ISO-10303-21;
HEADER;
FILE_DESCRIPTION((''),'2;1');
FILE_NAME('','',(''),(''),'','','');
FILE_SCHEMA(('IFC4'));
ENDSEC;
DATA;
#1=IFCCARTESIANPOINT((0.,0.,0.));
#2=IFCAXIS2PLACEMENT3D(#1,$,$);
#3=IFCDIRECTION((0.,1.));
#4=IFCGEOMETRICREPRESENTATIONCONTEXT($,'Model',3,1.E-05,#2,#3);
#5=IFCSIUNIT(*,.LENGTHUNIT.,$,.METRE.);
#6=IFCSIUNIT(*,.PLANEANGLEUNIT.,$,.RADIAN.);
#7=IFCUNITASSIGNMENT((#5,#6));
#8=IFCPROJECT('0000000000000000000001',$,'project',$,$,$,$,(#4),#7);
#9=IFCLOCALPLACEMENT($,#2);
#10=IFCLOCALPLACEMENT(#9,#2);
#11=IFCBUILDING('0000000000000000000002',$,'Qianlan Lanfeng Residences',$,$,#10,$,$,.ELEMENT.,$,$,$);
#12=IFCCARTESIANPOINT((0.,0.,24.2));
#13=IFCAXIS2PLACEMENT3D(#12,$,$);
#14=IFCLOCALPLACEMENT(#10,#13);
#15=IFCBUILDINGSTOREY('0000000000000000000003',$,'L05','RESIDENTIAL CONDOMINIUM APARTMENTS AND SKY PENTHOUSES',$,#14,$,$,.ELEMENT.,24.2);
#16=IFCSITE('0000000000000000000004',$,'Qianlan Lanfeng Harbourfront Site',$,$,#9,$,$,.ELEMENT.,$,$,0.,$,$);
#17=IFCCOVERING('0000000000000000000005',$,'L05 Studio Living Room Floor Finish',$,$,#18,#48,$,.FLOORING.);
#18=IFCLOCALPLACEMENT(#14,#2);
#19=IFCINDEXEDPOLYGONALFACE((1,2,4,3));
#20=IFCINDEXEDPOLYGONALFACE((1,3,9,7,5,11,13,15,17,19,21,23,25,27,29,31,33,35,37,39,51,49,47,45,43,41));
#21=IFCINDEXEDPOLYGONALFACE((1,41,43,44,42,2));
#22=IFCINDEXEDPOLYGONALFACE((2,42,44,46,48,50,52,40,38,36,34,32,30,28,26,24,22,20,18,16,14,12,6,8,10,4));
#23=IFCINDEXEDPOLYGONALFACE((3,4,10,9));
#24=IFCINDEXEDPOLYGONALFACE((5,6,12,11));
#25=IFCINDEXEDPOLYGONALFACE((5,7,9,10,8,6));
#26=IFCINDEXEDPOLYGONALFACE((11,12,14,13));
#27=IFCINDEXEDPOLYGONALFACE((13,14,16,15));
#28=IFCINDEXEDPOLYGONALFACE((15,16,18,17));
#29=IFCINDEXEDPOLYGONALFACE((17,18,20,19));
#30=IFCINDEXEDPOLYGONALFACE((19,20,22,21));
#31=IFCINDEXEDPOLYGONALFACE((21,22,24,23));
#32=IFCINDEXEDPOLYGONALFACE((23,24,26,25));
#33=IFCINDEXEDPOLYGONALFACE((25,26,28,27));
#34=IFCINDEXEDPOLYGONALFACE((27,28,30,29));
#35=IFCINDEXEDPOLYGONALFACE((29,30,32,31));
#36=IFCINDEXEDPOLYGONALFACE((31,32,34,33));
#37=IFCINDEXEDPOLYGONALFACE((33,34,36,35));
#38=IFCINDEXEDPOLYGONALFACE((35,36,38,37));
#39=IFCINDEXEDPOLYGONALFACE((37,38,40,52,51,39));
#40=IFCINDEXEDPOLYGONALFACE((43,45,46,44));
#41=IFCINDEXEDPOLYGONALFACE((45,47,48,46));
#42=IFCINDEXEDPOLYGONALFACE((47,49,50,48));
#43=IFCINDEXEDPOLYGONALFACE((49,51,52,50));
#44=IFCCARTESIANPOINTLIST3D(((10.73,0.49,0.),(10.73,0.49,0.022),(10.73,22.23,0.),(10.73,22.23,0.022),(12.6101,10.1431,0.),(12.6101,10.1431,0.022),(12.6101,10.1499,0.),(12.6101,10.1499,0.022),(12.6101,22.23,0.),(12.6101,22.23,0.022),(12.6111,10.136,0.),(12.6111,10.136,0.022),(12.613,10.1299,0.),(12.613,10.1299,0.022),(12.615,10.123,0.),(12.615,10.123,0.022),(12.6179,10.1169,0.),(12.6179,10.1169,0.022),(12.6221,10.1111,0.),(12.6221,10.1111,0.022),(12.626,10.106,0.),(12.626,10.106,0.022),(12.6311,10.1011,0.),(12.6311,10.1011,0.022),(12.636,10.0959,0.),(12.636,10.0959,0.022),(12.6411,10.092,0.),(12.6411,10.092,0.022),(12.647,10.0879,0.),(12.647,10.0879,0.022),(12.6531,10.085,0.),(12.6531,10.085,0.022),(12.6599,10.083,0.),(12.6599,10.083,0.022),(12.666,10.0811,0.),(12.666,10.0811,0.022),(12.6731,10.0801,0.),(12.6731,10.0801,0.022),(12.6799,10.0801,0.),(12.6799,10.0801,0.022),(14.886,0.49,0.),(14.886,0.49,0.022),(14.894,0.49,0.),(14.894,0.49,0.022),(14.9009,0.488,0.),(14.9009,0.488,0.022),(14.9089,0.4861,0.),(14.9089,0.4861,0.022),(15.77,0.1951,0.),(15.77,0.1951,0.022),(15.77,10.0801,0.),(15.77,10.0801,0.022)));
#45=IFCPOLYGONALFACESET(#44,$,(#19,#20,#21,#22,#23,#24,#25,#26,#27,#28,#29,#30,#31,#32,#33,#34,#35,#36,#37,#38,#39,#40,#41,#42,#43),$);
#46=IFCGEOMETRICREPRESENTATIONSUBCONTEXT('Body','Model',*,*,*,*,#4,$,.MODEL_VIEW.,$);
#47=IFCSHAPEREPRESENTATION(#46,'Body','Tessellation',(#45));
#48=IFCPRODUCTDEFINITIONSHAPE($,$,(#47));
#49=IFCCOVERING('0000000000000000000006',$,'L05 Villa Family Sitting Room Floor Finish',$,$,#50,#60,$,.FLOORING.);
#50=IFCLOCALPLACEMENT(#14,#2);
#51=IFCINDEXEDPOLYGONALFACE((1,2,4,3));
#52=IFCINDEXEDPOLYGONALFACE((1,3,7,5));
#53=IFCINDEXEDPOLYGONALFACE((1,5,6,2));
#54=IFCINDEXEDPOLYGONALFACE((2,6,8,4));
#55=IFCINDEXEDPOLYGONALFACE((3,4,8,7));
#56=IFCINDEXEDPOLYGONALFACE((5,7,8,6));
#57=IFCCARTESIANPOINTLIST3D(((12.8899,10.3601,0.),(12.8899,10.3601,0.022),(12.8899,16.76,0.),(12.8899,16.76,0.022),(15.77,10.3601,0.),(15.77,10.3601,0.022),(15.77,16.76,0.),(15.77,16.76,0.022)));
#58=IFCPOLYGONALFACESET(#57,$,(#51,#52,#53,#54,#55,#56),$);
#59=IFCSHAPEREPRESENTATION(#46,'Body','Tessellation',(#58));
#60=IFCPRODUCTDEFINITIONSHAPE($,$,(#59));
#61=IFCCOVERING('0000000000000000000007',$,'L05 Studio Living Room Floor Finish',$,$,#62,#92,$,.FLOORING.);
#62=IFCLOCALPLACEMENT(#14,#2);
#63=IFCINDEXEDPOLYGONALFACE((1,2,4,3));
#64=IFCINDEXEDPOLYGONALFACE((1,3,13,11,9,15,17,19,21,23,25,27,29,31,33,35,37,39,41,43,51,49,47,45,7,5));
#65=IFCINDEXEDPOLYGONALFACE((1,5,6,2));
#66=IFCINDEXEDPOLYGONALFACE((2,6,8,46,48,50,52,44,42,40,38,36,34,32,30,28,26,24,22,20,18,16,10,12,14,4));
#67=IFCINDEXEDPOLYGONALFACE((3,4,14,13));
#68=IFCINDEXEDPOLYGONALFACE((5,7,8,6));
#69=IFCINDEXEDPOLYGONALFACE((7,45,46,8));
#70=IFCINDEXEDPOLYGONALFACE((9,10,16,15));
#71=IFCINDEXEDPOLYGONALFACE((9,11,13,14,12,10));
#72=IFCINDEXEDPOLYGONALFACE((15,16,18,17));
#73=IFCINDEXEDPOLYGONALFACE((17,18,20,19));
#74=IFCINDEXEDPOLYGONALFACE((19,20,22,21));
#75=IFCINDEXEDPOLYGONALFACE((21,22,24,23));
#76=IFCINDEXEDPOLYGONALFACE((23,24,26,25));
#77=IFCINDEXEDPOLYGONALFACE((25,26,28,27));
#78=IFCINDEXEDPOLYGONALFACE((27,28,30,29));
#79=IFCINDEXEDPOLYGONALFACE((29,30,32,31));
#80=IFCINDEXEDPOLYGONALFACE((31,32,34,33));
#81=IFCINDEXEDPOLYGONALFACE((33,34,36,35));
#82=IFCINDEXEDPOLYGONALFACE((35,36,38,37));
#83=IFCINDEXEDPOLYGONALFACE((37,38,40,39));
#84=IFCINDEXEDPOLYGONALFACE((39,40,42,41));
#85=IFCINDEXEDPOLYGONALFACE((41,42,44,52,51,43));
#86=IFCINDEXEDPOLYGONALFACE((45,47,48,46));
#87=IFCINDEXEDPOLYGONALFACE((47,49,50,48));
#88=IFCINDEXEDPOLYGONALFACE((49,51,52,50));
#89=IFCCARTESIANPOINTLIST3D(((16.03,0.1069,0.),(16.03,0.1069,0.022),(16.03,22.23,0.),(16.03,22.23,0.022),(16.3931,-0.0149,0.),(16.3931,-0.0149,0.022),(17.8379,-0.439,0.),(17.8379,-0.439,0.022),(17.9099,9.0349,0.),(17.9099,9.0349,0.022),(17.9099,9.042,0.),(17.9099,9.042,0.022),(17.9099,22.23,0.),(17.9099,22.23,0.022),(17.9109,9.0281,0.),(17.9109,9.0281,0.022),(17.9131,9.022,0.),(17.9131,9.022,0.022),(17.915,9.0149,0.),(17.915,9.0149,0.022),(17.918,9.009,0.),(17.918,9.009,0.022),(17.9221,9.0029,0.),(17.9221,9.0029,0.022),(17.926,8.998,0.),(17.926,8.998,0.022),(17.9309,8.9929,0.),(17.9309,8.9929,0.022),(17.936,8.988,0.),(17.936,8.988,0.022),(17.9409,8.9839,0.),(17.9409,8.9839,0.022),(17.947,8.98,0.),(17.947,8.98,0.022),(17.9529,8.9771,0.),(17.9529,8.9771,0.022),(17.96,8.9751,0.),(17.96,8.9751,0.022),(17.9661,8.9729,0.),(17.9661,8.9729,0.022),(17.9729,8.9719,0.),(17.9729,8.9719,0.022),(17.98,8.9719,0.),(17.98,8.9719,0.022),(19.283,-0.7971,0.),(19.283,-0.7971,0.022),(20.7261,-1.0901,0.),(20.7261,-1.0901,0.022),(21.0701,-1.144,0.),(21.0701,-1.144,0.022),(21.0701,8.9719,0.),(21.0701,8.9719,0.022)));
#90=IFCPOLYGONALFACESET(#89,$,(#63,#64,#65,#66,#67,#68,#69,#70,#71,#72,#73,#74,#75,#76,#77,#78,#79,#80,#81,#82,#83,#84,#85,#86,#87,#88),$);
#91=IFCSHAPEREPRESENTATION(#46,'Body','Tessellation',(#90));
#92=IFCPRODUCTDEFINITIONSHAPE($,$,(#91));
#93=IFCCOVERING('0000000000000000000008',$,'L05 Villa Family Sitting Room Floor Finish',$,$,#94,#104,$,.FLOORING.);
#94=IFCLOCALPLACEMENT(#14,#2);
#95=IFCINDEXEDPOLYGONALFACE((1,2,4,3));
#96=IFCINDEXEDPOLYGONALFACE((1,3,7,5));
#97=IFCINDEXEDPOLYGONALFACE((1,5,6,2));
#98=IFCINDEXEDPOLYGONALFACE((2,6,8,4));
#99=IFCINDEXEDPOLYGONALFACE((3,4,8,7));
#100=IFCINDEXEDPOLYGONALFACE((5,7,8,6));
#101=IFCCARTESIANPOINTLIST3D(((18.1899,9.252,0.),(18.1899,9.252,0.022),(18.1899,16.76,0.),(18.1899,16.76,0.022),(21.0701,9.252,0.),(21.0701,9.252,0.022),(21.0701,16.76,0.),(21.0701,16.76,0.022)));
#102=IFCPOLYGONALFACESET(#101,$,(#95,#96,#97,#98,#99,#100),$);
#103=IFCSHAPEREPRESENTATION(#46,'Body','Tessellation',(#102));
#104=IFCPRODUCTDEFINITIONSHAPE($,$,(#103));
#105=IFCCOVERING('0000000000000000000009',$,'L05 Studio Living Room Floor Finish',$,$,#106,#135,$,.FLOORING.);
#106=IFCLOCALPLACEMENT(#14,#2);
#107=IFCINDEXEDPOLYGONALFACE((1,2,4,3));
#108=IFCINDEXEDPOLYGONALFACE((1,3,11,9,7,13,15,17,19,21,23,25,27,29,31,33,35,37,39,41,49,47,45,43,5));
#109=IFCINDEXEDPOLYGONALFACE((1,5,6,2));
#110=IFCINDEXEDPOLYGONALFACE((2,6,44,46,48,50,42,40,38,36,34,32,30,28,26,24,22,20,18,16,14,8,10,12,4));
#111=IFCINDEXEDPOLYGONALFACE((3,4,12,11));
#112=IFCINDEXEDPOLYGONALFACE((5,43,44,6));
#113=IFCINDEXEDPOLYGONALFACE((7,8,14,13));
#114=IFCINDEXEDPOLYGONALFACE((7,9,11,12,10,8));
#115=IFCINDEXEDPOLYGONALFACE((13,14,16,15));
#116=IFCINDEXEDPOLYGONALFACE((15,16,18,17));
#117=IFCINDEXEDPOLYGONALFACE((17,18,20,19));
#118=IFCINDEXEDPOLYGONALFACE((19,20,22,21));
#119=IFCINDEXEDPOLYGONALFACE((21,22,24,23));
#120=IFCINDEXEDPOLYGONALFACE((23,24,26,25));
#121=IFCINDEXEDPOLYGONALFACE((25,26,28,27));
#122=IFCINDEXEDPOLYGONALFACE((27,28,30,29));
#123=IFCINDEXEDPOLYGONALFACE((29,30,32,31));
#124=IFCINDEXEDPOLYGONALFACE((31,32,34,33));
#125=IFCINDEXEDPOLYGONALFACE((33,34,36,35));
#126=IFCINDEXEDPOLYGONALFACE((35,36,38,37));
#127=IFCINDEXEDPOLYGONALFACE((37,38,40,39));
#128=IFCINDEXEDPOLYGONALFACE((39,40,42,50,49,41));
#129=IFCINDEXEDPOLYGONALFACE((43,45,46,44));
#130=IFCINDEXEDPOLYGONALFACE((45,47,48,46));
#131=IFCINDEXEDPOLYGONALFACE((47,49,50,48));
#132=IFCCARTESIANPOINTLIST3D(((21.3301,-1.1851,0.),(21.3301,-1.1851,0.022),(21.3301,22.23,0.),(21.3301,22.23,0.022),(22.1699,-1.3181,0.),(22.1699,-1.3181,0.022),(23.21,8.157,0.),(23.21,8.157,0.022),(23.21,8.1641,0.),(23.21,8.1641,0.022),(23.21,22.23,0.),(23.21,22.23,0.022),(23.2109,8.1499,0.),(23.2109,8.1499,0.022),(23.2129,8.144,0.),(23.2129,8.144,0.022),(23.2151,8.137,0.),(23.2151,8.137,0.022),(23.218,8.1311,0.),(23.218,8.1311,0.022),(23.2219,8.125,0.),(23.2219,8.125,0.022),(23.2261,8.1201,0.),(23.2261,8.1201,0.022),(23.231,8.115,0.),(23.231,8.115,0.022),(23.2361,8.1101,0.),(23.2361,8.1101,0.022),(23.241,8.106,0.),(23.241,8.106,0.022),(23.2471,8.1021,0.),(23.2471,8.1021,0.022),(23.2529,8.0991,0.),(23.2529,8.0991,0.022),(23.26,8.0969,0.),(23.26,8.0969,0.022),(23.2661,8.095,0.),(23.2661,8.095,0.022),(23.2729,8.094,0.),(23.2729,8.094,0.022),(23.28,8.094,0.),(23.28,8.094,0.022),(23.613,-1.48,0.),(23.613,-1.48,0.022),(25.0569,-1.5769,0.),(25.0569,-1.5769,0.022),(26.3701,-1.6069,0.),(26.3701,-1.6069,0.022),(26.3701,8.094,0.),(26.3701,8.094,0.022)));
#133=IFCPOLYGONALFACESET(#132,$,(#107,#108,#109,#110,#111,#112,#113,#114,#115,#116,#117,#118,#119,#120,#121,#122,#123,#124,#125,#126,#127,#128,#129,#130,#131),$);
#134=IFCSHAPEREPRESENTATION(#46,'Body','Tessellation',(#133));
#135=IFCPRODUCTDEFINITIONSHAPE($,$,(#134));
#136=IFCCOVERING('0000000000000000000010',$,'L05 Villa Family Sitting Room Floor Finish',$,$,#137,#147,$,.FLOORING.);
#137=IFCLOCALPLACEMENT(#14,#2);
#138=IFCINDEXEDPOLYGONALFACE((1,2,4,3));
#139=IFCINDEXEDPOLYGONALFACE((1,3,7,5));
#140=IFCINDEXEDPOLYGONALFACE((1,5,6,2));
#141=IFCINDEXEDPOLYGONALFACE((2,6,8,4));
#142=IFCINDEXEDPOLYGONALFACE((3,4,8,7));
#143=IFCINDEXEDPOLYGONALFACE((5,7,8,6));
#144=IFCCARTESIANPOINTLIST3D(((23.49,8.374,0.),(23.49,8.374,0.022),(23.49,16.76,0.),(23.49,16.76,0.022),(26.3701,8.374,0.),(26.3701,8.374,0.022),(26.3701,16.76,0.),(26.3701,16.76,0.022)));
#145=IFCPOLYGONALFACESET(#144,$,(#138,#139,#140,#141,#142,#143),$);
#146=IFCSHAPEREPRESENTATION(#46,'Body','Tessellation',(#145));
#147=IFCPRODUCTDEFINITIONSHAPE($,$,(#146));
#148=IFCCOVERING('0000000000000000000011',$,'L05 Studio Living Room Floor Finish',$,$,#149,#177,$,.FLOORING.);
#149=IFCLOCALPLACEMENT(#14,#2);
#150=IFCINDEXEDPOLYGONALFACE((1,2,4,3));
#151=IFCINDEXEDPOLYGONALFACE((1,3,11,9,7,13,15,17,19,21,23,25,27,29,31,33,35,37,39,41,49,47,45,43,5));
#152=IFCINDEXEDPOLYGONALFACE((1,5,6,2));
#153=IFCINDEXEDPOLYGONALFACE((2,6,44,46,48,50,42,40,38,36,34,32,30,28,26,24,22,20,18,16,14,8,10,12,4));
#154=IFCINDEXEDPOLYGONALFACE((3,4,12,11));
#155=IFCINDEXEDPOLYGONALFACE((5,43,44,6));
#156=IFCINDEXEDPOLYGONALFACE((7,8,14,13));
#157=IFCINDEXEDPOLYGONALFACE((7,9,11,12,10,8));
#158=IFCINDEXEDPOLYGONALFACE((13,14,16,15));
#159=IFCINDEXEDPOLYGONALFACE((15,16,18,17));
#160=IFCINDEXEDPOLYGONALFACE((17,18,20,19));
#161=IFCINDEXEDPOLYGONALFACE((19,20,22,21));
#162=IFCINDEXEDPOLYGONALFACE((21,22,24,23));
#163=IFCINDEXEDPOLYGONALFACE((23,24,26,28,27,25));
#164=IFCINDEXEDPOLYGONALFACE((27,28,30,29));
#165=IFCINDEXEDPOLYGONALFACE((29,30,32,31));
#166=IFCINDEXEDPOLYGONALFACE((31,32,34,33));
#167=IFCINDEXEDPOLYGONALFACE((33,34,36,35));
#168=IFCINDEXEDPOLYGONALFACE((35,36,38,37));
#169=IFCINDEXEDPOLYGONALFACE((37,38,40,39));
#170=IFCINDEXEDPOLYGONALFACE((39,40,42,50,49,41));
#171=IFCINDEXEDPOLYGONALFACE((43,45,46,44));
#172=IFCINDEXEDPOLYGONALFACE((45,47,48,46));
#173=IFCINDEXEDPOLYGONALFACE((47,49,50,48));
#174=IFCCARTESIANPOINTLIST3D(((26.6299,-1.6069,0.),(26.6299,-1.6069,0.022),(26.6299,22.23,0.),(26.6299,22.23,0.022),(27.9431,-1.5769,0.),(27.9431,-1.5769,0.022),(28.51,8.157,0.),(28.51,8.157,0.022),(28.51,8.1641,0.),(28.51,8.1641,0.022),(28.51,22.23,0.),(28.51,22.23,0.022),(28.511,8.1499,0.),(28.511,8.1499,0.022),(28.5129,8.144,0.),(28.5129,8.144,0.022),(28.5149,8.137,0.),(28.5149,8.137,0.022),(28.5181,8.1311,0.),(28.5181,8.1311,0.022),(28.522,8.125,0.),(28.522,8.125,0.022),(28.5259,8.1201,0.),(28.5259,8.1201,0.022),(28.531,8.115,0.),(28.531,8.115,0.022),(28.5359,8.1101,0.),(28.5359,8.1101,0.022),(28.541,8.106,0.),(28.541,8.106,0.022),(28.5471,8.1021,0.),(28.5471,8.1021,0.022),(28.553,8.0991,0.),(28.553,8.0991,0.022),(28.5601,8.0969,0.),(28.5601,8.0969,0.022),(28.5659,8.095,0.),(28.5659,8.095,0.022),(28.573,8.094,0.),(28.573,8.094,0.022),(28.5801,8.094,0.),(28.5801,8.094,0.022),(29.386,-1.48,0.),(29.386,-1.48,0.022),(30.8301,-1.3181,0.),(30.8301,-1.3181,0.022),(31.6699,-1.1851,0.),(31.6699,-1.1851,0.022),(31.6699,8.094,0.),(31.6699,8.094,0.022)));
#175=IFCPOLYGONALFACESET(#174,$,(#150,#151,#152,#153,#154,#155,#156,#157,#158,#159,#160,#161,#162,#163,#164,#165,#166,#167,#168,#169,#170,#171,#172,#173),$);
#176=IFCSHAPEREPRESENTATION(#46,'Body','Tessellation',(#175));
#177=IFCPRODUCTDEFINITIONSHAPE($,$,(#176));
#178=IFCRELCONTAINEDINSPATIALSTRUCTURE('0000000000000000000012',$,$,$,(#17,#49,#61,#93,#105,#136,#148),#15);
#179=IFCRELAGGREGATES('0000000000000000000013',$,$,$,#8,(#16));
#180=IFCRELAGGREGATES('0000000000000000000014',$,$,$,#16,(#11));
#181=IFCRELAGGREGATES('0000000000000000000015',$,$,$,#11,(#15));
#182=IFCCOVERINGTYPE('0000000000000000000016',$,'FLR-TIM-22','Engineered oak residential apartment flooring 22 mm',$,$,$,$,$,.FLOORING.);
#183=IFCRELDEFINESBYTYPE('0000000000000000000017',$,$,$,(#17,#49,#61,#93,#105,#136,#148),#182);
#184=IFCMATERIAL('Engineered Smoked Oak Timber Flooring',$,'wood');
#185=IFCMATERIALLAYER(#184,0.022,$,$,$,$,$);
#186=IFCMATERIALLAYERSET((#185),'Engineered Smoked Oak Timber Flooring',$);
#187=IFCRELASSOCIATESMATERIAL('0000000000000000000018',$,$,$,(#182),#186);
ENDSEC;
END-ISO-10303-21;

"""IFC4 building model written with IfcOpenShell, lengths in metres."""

from ifc_helpers import new_model, si_unit, direction, frame, origin, place, context, subcontext, project, spatial, polyline, outline, extrude, material, layer, layer_set, type_object, element, save


model = new_model("IFC4")

# Units and contexts
model_context = context("Model", 3, precision=1e-05, world=origin(), true_north=direction((0.0, 1.0)))
body_context = subcontext(model_context, "Body", "Model", "MODEL_VIEW")
ifc_project = project(units=[si_unit("LENGTHUNIT", "METRE"), si_unit("PLANEANGLEUNIT", "RADIAN")], contexts=[model_context])

# Site, building, storey
site_placement = place(None, origin())
site = spatial("IfcSite", under=ifc_project, at=site_placement, Name="Qianlan Lanfeng Harbourfront Site", CompositionType="ELEMENT", RefElevation=0.0)
building_placement = place(site_placement, origin())
building = spatial("IfcBuilding", under=site, at=building_placement, Name="Qianlan Lanfeng Residences", CompositionType="ELEMENT")
storey_placement = place(building_placement, frame((0.0, 0.0, 24.2)))
storey = spatial("IfcBuildingStorey", under=building, at=storey_placement, Name="L05", Description="RESIDENTIAL CONDOMINIUM APARTMENTS AND SKY PENTHOUSES", CompositionType="ELEMENT", Elevation=24.2)

# Coverings
ifc_material_1 = material(Name="Engineered Smoked Oak Timber Flooring", Category="wood")
ifc_layer_1 = layer(ifc_material_1, 0.022)
ifc_layer_set_1 = layer_set([ifc_layer_1], Name="Engineered Smoked Oak Timber Flooring")
covering_type_1 = type_object("IfcCoveringType", Name="FLR-TIM-22", Description="Engineered oak residential apartment flooring 22 mm", PredefinedType="FLOORING", material=ifc_layer_set_1)
covering_1_placement = place(storey_placement, origin())
element("IfcCovering", 1, at=covering_1_placement, inside=storey, type_object=covering_type_1, Name="L05 Studio Living Room Floor Finish", PredefinedType="FLOORING", context=body_context, shape_type="SweptSolid", body=[
    extrude(outline(polyline([(15.77, 0.1951), (15.77, 10.0801), (12.6799, 10.0801), (12.6731, 10.0801), (12.666, 10.0811), (12.6599, 10.083), (12.6531, 10.085), (12.647, 10.0879), (12.6411, 10.092), (12.636, 10.0959), (12.6311, 10.1011), (12.626, 10.106), (12.6221, 10.1111), (12.6179, 10.1169), (12.615, 10.123), (12.613, 10.1299), (12.6111, 10.136), (12.6101, 10.1431), (12.6101, 10.1499), (12.6101, 22.23), (10.73, 22.23), (10.73, 0.49), (14.886, 0.49), (14.894, 0.49), (14.9009, 0.488), (14.9089, 0.4861), (15.77, 0.1951)])), origin(), (0.0, 0.0, 1.0), 0.022),
])
covering_2_placement = place(storey_placement, origin())
element("IfcCovering", 2, at=covering_2_placement, inside=storey, type_object=covering_type_1, Name="L05 Villa Family Sitting Room Floor Finish", PredefinedType="FLOORING", context=body_context, shape_type="SweptSolid", body=[
    extrude(outline(polyline([(12.8899, 16.76), (12.8899, 10.3601), (15.77, 10.3601), (15.77, 16.76), (12.8899, 16.76)])), origin(), (0.0, 0.0, 1.0), 0.022),
])
covering_3_placement = place(storey_placement, origin())
element("IfcCovering", 3, at=covering_3_placement, inside=storey, type_object=covering_type_1, Name="L05 Studio Living Room Floor Finish", PredefinedType="FLOORING", context=body_context, shape_type="SweptSolid", body=[
    extrude(outline(polyline([(21.0701, -1.144), (21.0701, 8.9719), (17.98, 8.9719), (17.9729, 8.9719), (17.9661, 8.9729), (17.96, 8.9751), (17.9529, 8.9771), (17.947, 8.98), (17.9409, 8.9839), (17.936, 8.988), (17.9309, 8.9929), (17.926, 8.998), (17.9221, 9.0029), (17.918, 9.009), (17.915, 9.0149), (17.9131, 9.022), (17.9109, 9.0281), (17.9099, 9.0349), (17.9099, 9.042), (17.9099, 22.23), (16.03, 22.23), (16.03, 0.1069), (16.3931, -0.0149), (17.8379, -0.439), (19.283, -0.7971), (20.7261, -1.0901), (21.0701, -1.144)])), origin(), (0.0, 0.0, 1.0), 0.022),
])
covering_4_placement = place(storey_placement, origin())
element("IfcCovering", 4, at=covering_4_placement, inside=storey, type_object=covering_type_1, Name="L05 Villa Family Sitting Room Floor Finish", PredefinedType="FLOORING", context=body_context, shape_type="SweptSolid", body=[
    extrude(outline(polyline([(18.1899, 16.76), (18.1899, 9.252), (21.0701, 9.252), (21.0701, 16.76), (18.1899, 16.76)])), origin(), (0.0, 0.0, 1.0), 0.022),
])
covering_5_placement = place(storey_placement, origin())
element("IfcCovering", 5, at=covering_5_placement, inside=storey, type_object=covering_type_1, Name="L05 Studio Living Room Floor Finish", PredefinedType="FLOORING", context=body_context, shape_type="SweptSolid", body=[
    extrude(outline(polyline([(26.3701, -1.6069), (26.3701, 8.094), (23.28, 8.094), (23.2729, 8.094), (23.2661, 8.095), (23.26, 8.0969), (23.2529, 8.0991), (23.2471, 8.1021), (23.241, 8.106), (23.2361, 8.1101), (23.231, 8.115), (23.2261, 8.1201), (23.2219, 8.125), (23.218, 8.1311), (23.2151, 8.137), (23.2129, 8.144), (23.2109, 8.1499), (23.21, 8.157), (23.21, 8.1641), (23.21, 22.23), (21.3301, 22.23), (21.3301, -1.1851), (22.1699, -1.3181), (23.613, -1.48), (25.0569, -1.5769), (26.3701, -1.6069)])), origin(), (0.0, 0.0, 1.0), 0.022),
])
covering_6_placement = place(storey_placement, origin())
element("IfcCovering", 6, at=covering_6_placement, inside=storey, type_object=covering_type_1, Name="L05 Villa Family Sitting Room Floor Finish", PredefinedType="FLOORING", context=body_context, shape_type="SweptSolid", body=[
    extrude(outline(polyline([(23.49, 16.76), (23.49, 8.374), (26.3701, 8.374), (26.3701, 16.76), (23.49, 16.76)])), origin(), (0.0, 0.0, 1.0), 0.022),
])
covering_7_placement = place(storey_placement, origin())
element("IfcCovering", 7, at=covering_7_placement, inside=storey, type_object=covering_type_1, Name="L05 Studio Living Room Floor Finish", PredefinedType="FLOORING", context=body_context, shape_type="SweptSolid", body=[
    extrude(outline(polyline([(31.6699, -1.1851), (31.6699, 8.094), (28.5801, 8.094), (28.573, 8.094), (28.5659, 8.095), (28.5601, 8.0969), (28.553, 8.0991), (28.5471, 8.1021), (28.541, 8.106), (28.5359, 8.1101), (28.531, 8.115), (28.5259, 8.1201), (28.522, 8.125), (28.5181, 8.1311), (28.5149, 8.137), (28.5129, 8.144), (28.511, 8.1499), (28.51, 8.157), (28.51, 8.1641), (28.51, 22.23), (26.6299, 22.23), (26.6299, -1.6069), (27.9431, -1.5769), (29.386, -1.48), (30.8301, -1.3181), (31.6699, -1.1851)])), origin(), (0.0, 0.0, 1.0), 0.022),
])

save(model, "model.ifc")
